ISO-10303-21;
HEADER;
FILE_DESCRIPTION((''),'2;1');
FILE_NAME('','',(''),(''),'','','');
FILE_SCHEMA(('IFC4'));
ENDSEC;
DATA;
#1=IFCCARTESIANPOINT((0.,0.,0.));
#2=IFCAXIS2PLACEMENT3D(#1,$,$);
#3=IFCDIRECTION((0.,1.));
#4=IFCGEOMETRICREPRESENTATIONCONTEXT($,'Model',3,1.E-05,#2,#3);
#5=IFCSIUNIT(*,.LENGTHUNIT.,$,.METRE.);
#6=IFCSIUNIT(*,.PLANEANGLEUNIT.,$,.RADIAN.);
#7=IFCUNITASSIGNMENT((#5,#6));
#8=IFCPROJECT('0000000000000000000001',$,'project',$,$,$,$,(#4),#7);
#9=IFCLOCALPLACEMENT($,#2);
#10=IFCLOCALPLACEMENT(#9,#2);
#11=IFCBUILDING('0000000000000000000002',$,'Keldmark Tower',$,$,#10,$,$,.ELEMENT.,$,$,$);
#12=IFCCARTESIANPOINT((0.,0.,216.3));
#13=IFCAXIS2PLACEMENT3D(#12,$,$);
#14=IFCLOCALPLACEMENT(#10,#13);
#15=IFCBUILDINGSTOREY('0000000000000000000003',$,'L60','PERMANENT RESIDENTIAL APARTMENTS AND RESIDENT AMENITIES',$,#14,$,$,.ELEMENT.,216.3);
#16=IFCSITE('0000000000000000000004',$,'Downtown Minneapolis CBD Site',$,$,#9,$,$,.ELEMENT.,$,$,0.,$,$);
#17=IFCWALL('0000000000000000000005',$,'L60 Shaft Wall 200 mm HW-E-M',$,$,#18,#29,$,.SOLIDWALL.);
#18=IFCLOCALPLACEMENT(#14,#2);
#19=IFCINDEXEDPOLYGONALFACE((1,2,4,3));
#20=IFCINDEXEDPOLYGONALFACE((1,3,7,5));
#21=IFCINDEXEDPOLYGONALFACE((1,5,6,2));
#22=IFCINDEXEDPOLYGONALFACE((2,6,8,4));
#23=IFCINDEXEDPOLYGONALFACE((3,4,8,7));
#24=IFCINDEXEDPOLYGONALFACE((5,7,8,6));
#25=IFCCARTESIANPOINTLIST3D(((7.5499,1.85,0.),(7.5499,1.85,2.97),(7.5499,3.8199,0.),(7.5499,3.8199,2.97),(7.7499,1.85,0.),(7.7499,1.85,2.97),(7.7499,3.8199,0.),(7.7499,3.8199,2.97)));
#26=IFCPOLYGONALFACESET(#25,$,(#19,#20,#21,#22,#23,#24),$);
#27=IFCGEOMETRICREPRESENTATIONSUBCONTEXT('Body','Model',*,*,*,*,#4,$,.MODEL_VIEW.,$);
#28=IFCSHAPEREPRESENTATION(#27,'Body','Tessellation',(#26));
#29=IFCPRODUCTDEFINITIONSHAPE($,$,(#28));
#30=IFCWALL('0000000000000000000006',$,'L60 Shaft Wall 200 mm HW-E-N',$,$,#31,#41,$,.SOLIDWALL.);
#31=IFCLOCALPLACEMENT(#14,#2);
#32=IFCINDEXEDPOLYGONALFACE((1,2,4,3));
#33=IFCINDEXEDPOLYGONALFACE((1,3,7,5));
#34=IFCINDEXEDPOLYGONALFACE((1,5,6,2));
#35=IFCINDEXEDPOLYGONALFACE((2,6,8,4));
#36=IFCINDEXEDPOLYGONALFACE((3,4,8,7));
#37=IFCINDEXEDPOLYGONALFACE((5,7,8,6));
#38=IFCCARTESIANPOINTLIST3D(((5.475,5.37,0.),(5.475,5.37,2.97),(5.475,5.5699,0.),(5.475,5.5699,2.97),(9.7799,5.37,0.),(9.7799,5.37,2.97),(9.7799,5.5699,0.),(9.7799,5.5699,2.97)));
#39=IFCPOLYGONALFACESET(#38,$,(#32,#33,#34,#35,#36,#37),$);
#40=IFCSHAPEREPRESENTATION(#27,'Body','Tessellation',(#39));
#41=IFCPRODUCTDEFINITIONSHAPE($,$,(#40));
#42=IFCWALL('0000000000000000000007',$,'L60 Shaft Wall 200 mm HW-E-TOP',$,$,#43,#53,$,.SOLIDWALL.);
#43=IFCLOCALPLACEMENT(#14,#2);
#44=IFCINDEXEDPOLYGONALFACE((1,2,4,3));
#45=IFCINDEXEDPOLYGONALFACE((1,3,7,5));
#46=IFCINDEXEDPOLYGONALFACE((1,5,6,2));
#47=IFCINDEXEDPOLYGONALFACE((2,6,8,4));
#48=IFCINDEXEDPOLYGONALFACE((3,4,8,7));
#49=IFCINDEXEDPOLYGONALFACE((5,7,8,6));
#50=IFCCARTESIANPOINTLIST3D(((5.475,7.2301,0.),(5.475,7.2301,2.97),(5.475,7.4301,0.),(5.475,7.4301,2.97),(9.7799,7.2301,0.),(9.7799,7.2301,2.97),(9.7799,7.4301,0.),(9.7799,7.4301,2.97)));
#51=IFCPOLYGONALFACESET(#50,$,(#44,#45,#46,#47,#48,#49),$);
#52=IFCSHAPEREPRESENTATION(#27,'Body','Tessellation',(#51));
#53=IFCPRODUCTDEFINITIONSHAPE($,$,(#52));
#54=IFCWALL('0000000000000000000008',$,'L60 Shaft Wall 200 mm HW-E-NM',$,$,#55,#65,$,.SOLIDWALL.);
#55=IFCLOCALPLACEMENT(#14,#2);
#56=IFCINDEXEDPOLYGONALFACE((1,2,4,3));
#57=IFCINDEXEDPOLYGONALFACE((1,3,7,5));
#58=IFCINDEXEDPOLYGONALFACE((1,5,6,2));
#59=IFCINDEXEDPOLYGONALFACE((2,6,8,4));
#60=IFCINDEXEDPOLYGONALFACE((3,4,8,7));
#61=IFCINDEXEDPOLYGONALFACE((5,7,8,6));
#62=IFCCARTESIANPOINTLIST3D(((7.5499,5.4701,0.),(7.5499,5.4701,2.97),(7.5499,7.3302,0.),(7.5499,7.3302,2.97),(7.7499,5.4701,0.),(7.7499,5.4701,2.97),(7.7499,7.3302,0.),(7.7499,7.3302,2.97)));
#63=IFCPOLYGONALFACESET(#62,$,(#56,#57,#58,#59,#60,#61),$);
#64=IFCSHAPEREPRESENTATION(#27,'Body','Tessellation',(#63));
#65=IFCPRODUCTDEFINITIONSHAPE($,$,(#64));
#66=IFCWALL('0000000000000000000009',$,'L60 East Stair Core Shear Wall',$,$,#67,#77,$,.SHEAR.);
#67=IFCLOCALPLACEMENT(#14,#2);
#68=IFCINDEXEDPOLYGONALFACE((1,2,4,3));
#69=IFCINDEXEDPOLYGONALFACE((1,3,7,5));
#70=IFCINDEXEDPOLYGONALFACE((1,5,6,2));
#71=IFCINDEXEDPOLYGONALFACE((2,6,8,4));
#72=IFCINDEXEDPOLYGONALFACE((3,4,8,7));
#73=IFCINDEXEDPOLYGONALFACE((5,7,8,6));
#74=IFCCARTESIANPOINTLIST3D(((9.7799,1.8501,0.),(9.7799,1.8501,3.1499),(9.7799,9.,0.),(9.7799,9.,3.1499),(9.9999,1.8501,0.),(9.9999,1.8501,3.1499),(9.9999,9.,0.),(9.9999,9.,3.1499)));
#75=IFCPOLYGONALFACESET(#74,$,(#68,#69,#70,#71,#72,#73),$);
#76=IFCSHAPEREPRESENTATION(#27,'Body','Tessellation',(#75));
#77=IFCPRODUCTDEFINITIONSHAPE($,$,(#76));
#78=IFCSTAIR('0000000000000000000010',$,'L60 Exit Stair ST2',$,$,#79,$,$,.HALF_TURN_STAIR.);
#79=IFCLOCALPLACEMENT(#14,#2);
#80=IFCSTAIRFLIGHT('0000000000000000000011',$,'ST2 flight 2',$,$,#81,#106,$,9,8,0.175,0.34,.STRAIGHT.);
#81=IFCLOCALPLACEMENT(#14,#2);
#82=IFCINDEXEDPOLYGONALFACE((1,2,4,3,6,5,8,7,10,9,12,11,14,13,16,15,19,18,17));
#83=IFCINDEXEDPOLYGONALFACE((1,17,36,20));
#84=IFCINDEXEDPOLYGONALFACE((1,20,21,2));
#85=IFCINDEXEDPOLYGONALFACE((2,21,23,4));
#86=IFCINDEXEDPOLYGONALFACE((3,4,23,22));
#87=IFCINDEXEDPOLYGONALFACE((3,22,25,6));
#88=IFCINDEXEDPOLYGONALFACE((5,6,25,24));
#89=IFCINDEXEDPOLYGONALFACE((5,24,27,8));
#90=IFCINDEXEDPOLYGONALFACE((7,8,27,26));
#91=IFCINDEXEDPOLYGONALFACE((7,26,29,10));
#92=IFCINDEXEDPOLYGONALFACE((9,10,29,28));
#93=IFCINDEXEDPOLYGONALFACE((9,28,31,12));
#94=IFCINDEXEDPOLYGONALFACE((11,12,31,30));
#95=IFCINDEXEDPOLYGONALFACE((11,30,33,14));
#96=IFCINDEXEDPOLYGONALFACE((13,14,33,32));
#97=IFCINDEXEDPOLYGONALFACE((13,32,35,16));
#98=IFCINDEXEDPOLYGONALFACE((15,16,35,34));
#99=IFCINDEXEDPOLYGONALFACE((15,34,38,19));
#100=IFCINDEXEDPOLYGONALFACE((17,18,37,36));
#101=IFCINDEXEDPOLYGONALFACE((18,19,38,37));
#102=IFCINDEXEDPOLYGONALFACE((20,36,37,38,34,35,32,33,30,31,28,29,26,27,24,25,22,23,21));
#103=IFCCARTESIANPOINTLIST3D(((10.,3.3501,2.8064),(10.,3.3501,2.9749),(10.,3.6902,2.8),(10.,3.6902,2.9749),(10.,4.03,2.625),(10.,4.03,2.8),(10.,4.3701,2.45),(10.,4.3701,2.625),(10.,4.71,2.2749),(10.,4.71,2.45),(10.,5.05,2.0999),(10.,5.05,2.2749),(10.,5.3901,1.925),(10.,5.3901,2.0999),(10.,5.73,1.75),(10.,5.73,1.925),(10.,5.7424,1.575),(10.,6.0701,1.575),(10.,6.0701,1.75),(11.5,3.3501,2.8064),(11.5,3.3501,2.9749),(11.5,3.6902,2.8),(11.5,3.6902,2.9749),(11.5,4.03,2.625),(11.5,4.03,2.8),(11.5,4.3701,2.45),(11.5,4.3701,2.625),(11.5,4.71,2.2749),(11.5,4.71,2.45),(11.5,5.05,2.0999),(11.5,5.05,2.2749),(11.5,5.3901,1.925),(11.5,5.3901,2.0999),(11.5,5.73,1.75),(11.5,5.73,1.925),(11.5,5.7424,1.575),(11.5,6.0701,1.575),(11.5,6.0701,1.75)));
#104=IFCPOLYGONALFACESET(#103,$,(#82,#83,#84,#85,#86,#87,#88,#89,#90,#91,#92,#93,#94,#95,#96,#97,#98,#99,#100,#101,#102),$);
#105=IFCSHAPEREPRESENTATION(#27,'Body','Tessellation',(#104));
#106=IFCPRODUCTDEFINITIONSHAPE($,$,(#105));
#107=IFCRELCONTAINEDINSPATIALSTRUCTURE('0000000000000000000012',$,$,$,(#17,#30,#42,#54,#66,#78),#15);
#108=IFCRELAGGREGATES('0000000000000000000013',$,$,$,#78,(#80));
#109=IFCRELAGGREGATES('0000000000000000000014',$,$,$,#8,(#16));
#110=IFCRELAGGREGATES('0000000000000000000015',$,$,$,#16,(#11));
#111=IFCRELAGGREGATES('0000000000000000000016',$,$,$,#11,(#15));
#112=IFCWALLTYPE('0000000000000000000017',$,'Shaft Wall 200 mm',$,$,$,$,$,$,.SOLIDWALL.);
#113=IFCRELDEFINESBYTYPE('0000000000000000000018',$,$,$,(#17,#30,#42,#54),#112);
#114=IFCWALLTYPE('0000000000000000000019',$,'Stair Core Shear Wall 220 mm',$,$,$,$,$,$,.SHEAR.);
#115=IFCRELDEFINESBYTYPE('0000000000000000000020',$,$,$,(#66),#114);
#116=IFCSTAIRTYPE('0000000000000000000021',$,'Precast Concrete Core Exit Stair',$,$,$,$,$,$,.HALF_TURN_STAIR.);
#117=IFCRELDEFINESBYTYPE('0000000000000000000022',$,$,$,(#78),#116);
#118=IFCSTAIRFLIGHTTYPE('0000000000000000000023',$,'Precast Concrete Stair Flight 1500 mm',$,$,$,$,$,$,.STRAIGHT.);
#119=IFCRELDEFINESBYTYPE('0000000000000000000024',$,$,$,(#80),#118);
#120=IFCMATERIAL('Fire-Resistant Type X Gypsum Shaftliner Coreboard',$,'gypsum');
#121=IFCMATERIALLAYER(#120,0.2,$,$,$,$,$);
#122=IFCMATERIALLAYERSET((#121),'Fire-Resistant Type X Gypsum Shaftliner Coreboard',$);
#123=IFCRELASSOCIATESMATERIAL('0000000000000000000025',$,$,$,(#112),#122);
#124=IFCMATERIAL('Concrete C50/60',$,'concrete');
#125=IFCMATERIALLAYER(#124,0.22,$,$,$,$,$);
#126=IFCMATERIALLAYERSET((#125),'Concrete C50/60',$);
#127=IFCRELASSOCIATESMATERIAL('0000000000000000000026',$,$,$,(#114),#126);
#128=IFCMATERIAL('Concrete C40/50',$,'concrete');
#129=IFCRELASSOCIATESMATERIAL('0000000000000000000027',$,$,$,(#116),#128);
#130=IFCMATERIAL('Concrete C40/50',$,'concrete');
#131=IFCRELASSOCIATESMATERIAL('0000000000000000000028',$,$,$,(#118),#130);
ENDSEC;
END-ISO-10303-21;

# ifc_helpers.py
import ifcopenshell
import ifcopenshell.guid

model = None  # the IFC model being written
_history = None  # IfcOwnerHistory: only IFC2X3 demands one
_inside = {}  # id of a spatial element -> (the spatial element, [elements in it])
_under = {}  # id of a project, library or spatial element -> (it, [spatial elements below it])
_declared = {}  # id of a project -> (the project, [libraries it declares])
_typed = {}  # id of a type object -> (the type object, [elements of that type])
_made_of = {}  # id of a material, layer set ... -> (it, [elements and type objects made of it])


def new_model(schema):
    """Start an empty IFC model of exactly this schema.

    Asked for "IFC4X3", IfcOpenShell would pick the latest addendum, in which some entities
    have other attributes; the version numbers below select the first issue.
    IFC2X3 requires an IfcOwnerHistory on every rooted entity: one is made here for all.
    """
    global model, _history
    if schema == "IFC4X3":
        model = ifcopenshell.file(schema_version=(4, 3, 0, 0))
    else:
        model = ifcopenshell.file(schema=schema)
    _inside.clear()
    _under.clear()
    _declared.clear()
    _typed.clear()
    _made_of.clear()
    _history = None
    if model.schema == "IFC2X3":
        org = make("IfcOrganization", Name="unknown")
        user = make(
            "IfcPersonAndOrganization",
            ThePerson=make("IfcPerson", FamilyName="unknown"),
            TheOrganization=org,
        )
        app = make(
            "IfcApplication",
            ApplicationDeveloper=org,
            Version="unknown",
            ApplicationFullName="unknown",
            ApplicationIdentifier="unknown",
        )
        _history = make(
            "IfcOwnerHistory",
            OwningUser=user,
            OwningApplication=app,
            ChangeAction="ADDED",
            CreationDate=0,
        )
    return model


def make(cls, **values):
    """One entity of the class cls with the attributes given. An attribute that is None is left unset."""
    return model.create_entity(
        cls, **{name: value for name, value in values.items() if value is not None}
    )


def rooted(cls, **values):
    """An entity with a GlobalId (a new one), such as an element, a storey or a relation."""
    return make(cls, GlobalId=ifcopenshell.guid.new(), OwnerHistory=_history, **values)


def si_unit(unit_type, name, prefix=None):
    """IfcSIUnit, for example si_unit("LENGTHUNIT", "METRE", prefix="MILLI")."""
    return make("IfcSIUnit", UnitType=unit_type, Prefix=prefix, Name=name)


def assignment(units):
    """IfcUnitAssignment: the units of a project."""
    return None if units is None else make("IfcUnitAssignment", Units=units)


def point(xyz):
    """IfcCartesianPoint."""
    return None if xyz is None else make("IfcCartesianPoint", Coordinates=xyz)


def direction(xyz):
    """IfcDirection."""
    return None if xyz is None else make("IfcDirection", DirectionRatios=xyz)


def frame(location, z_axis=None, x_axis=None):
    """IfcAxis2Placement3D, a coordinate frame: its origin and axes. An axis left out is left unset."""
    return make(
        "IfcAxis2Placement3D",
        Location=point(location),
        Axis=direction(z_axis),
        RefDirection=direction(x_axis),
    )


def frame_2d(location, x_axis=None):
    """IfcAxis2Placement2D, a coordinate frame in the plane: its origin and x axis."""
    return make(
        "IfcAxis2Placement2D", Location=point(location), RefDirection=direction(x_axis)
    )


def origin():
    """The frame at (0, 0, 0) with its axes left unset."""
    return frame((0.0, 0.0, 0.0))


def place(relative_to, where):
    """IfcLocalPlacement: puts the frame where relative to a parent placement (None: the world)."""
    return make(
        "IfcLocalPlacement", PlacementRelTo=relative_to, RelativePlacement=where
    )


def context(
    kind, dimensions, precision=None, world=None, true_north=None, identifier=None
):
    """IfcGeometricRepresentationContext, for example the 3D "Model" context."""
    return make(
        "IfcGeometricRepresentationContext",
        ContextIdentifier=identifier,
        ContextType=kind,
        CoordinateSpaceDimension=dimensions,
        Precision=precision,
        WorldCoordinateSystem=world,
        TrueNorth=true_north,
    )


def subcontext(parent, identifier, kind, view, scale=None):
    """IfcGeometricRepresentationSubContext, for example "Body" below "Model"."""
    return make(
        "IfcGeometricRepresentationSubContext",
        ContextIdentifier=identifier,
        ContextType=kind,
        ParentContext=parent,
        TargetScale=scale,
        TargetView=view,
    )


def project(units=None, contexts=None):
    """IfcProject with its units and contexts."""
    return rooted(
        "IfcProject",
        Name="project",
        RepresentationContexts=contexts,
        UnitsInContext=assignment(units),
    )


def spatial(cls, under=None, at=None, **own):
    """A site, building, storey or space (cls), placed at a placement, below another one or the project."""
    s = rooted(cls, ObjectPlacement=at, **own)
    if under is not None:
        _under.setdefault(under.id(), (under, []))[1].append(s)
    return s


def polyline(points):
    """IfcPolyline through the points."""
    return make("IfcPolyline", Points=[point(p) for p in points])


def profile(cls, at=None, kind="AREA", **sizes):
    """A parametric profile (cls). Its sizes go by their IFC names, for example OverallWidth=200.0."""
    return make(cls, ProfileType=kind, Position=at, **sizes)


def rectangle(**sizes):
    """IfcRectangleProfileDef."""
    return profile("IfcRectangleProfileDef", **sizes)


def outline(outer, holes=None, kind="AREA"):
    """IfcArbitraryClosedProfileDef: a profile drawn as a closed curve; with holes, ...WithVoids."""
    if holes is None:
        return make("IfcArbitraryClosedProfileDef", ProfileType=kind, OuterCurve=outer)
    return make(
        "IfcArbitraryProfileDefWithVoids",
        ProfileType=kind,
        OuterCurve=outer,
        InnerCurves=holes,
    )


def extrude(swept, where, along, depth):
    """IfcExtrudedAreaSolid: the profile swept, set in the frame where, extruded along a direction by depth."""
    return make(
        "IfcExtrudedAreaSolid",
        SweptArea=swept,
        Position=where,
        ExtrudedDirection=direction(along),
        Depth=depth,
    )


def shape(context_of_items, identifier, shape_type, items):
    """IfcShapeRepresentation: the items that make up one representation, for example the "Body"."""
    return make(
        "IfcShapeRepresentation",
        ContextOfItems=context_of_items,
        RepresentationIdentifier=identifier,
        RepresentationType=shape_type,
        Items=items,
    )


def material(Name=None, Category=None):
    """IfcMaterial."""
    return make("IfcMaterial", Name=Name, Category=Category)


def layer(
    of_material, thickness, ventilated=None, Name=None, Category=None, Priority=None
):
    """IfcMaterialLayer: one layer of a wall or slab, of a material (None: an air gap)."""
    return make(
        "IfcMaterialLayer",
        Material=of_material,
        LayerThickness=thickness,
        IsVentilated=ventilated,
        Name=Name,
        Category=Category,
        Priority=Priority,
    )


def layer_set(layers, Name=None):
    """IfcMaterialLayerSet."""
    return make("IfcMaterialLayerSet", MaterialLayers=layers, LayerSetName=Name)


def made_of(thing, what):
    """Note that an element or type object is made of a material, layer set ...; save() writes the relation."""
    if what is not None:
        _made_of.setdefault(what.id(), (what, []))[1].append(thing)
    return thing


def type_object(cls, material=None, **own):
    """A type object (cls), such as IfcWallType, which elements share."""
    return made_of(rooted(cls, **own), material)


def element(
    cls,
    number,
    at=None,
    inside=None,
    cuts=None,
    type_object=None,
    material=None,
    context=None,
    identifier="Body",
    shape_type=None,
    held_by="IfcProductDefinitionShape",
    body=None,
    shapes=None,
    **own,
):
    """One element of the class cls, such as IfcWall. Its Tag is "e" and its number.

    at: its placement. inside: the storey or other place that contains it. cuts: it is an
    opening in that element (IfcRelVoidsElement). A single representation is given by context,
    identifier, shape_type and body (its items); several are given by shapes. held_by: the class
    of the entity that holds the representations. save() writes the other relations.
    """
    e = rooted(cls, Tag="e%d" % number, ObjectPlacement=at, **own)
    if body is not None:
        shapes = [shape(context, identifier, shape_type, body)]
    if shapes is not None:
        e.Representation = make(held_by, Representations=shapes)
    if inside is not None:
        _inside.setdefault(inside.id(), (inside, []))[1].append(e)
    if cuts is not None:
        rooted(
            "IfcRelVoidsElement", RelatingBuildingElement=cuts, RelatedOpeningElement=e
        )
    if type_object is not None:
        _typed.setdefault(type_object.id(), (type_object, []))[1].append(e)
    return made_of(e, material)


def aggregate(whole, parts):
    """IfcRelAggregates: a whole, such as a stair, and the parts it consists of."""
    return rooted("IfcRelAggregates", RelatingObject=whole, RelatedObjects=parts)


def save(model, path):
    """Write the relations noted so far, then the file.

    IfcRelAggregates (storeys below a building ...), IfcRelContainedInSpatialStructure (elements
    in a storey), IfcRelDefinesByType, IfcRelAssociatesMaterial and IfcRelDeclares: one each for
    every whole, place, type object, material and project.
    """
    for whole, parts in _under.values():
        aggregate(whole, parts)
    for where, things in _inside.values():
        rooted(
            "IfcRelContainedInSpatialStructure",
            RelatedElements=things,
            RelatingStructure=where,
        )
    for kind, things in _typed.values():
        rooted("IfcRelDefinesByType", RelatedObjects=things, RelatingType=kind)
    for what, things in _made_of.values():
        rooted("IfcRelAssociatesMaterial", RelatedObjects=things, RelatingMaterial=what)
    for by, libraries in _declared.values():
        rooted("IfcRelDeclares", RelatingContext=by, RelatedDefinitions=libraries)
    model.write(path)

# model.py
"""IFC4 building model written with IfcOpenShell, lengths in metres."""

from ifc_helpers import new_model, si_unit, direction, frame, frame_2d, origin, place, context, subcontext, project, spatial, polyline, rectangle, outline, extrude, material, layer, layer_set, type_object, element, aggregate, save


model = new_model("IFC4")

# Units and contexts
model_context = context("Model", 3, precision=1e-05, world=origin(), true_north=direction((0.0, 1.0)))
body_context = subcontext(model_context, "Body", "Model", "MODEL_VIEW")
ifc_project = project(units=[si_unit("LENGTHUNIT", "METRE"), si_unit("PLANEANGLEUNIT", "RADIAN")], contexts=[model_context])

# Site, building, storey
site_placement = place(None, origin())
site = spatial("IfcSite", under=ifc_project, at=site_placement, Name="Downtown Minneapolis CBD Site", CompositionType="ELEMENT", RefElevation=0.0)
building_placement = place(site_placement, origin())
building = spatial("IfcBuilding", under=site, at=building_placement, Name="Keldmark Tower", CompositionType="ELEMENT")
storey_placement = place(building_placement, frame((0.0, 0.0, 216.3)))
storey = spatial("IfcBuildingStorey", under=building, at=storey_placement, Name="L60", Description="PERMANENT RESIDENTIAL APARTMENTS AND RESIDENT AMENITIES", CompositionType="ELEMENT", Elevation=216.3)

# Shared definitions
ifc_material_1 = material(Name="Fire-Resistant Type X Gypsum Shaftliner Coreboard", Category="gypsum")
ifc_layer_1 = layer(ifc_material_1, 0.2)
ifc_layer_set_1 = layer_set([ifc_layer_1], Name="Fire-Resistant Type X Gypsum Shaftliner Coreboard")
wall_type_1 = type_object("IfcWallType", Name="Shaft Wall 200 mm", PredefinedType="SOLIDWALL", material=ifc_layer_set_1)

# Walls
wall_1_placement = place(storey_placement, frame((7.6499, 1.8501, 0.0), z_axis=(0.0, 0.0, 1.0), x_axis=(0.0, 1.0, 0.0)))
element("IfcWall", 1, at=wall_1_placement, inside=storey, type_object=wall_type_1, Name="L60 Shaft Wall 200 mm HW-E-M", PredefinedType="SOLIDWALL", context=body_context, shape_type="SweptSolid", body=[
    extrude(rectangle(XDim=1.97, YDim=0.2, at=frame_2d((0.9849, 0.0))), origin(), (0.0, 0.0, 1.0), 2.97),
])
for number, where, z_axis, x_axis, name in (
    (2, (5.4751, 5.47, 0.0), (0.0, 0.0, 1.0), (1.0, 0.0, 0.0), "L60 Shaft Wall 200 mm HW-E-N"),
    (3, (5.4751, 7.3301, 0.0), (0.0, 0.0, 1.0), (1.0, 0.0, 0.0), "L60 Shaft Wall 200 mm HW-E-TOP"),
):
    element("IfcWall", number, at=place(storey_placement, frame(where, z_axis=z_axis, x_axis=x_axis)), inside=storey, type_object=wall_type_1, Name=name, PredefinedType="SOLIDWALL", context=body_context, shape_type="SweptSolid", body=[
        extrude(rectangle(XDim=4.3049, YDim=0.2, at=frame_2d((2.1523, 0.0))), origin(), (0.0, 0.0, 1.0), 2.97),
    ])
wall_2_placement = place(storey_placement, frame((7.6499, 5.47, 0.0), z_axis=(0.0, 0.0, 1.0), x_axis=(0.0, 1.0, 0.0)))
element("IfcWall", 4, at=wall_2_placement, inside=storey, type_object=wall_type_1, Name="L60 Shaft Wall 200 mm HW-E-NM", PredefinedType="SOLIDWALL", context=body_context, shape_type="SweptSolid", body=[
    extrude(rectangle(XDim=1.8601, YDim=0.2, at=frame_2d((0.9302, 0.0))), origin(), (0.0, 0.0, 1.0), 2.97),
])
ifc_material_2 = material(Name="Concrete C50/60", Category="concrete")
ifc_layer_2 = layer(ifc_material_2, 0.22)
ifc_layer_set_2 = layer_set([ifc_layer_2], Name="Concrete C50/60")
wall_type_2 = type_object("IfcWallType", Name="Stair Core Shear Wall 220 mm", PredefinedType="SHEAR", material=ifc_layer_set_2)
wall_3_placement = place(storey_placement, frame((9.8899, 1.8501, 0.0), z_axis=(0.0, 0.0, 1.0), x_axis=(0.0, 1.0, 0.0)))
element("IfcWall", 5, at=wall_3_placement, inside=storey, type_object=wall_type_2, Name="L60 East Stair Core Shear Wall", PredefinedType="SHEAR", context=body_context, shape_type="SweptSolid", body=[
    extrude(rectangle(XDim=7.1499, YDim=0.22, at=frame_2d((3.575, 0.0))), origin(), (0.0, 0.0, 1.0), 3.1499),
])

# Stair, stair flight
ifc_material_3 = material(Name="Concrete C40/50", Category="concrete")
stair_type = type_object("IfcStairType", Name="Precast Concrete Core Exit Stair", PredefinedType="HALF_TURN_STAIR", material=ifc_material_3)
stair_placement = place(storey_placement, origin())
stair = element("IfcStair", 6, at=stair_placement, inside=storey, type_object=stair_type, Name="L60 Exit Stair ST2", PredefinedType="HALF_TURN_STAIR")
ifc_material_4 = material(Name="Concrete C40/50", Category="concrete")
stair_flight_type = type_object("IfcStairFlightType", Name="Precast Concrete Stair Flight 1500 mm", PredefinedType="STRAIGHT", material=ifc_material_4)
stair_flight_placement = place(storey_placement, frame((10.75, 6.0701, 1.575), z_axis=(0.0, 0.0, 1.0), x_axis=(0.0, -1.0, 0.0)))
stair_flight = element("IfcStairFlight", 7, at=stair_flight_placement, type_object=stair_flight_type, Name="ST2 flight 2", NumberOfRisers=9, NumberOfTreads=8, PredefinedType="STRAIGHT", RiserHeight=0.175, TreadLength=0.34, context=body_context, shape_type="SweptSolid", body=[
    extrude(outline(polyline([(0.0, 0.0), (0.0, 0.175), (0.3401, 0.175), (0.3401, 0.3501), (0.6799, 0.3501), (0.6799, 0.5249), (1.02, 0.5249), (1.02, 0.7), (1.3601, 0.7), (1.3601, 0.875), (1.7, 0.875), (1.7, 1.05), (2.04, 1.05), (2.04, 1.2251), (2.3799, 1.2251), (2.3799, 1.3999), (2.72, 1.3999), (2.72, 1.575), (2.72, 1.2314), (0.3276, 0.0), (0.0, 0.0)])), frame((0.0, 0.75, 0.0), z_axis=(0.0, -1.0, 0.0), x_axis=(1.0, 0.0, 0.0)), (0.0, 0.0, 1.0), 1.5),
])
aggregate(stair, [stair_flight])

save(model, "model.ifc")
